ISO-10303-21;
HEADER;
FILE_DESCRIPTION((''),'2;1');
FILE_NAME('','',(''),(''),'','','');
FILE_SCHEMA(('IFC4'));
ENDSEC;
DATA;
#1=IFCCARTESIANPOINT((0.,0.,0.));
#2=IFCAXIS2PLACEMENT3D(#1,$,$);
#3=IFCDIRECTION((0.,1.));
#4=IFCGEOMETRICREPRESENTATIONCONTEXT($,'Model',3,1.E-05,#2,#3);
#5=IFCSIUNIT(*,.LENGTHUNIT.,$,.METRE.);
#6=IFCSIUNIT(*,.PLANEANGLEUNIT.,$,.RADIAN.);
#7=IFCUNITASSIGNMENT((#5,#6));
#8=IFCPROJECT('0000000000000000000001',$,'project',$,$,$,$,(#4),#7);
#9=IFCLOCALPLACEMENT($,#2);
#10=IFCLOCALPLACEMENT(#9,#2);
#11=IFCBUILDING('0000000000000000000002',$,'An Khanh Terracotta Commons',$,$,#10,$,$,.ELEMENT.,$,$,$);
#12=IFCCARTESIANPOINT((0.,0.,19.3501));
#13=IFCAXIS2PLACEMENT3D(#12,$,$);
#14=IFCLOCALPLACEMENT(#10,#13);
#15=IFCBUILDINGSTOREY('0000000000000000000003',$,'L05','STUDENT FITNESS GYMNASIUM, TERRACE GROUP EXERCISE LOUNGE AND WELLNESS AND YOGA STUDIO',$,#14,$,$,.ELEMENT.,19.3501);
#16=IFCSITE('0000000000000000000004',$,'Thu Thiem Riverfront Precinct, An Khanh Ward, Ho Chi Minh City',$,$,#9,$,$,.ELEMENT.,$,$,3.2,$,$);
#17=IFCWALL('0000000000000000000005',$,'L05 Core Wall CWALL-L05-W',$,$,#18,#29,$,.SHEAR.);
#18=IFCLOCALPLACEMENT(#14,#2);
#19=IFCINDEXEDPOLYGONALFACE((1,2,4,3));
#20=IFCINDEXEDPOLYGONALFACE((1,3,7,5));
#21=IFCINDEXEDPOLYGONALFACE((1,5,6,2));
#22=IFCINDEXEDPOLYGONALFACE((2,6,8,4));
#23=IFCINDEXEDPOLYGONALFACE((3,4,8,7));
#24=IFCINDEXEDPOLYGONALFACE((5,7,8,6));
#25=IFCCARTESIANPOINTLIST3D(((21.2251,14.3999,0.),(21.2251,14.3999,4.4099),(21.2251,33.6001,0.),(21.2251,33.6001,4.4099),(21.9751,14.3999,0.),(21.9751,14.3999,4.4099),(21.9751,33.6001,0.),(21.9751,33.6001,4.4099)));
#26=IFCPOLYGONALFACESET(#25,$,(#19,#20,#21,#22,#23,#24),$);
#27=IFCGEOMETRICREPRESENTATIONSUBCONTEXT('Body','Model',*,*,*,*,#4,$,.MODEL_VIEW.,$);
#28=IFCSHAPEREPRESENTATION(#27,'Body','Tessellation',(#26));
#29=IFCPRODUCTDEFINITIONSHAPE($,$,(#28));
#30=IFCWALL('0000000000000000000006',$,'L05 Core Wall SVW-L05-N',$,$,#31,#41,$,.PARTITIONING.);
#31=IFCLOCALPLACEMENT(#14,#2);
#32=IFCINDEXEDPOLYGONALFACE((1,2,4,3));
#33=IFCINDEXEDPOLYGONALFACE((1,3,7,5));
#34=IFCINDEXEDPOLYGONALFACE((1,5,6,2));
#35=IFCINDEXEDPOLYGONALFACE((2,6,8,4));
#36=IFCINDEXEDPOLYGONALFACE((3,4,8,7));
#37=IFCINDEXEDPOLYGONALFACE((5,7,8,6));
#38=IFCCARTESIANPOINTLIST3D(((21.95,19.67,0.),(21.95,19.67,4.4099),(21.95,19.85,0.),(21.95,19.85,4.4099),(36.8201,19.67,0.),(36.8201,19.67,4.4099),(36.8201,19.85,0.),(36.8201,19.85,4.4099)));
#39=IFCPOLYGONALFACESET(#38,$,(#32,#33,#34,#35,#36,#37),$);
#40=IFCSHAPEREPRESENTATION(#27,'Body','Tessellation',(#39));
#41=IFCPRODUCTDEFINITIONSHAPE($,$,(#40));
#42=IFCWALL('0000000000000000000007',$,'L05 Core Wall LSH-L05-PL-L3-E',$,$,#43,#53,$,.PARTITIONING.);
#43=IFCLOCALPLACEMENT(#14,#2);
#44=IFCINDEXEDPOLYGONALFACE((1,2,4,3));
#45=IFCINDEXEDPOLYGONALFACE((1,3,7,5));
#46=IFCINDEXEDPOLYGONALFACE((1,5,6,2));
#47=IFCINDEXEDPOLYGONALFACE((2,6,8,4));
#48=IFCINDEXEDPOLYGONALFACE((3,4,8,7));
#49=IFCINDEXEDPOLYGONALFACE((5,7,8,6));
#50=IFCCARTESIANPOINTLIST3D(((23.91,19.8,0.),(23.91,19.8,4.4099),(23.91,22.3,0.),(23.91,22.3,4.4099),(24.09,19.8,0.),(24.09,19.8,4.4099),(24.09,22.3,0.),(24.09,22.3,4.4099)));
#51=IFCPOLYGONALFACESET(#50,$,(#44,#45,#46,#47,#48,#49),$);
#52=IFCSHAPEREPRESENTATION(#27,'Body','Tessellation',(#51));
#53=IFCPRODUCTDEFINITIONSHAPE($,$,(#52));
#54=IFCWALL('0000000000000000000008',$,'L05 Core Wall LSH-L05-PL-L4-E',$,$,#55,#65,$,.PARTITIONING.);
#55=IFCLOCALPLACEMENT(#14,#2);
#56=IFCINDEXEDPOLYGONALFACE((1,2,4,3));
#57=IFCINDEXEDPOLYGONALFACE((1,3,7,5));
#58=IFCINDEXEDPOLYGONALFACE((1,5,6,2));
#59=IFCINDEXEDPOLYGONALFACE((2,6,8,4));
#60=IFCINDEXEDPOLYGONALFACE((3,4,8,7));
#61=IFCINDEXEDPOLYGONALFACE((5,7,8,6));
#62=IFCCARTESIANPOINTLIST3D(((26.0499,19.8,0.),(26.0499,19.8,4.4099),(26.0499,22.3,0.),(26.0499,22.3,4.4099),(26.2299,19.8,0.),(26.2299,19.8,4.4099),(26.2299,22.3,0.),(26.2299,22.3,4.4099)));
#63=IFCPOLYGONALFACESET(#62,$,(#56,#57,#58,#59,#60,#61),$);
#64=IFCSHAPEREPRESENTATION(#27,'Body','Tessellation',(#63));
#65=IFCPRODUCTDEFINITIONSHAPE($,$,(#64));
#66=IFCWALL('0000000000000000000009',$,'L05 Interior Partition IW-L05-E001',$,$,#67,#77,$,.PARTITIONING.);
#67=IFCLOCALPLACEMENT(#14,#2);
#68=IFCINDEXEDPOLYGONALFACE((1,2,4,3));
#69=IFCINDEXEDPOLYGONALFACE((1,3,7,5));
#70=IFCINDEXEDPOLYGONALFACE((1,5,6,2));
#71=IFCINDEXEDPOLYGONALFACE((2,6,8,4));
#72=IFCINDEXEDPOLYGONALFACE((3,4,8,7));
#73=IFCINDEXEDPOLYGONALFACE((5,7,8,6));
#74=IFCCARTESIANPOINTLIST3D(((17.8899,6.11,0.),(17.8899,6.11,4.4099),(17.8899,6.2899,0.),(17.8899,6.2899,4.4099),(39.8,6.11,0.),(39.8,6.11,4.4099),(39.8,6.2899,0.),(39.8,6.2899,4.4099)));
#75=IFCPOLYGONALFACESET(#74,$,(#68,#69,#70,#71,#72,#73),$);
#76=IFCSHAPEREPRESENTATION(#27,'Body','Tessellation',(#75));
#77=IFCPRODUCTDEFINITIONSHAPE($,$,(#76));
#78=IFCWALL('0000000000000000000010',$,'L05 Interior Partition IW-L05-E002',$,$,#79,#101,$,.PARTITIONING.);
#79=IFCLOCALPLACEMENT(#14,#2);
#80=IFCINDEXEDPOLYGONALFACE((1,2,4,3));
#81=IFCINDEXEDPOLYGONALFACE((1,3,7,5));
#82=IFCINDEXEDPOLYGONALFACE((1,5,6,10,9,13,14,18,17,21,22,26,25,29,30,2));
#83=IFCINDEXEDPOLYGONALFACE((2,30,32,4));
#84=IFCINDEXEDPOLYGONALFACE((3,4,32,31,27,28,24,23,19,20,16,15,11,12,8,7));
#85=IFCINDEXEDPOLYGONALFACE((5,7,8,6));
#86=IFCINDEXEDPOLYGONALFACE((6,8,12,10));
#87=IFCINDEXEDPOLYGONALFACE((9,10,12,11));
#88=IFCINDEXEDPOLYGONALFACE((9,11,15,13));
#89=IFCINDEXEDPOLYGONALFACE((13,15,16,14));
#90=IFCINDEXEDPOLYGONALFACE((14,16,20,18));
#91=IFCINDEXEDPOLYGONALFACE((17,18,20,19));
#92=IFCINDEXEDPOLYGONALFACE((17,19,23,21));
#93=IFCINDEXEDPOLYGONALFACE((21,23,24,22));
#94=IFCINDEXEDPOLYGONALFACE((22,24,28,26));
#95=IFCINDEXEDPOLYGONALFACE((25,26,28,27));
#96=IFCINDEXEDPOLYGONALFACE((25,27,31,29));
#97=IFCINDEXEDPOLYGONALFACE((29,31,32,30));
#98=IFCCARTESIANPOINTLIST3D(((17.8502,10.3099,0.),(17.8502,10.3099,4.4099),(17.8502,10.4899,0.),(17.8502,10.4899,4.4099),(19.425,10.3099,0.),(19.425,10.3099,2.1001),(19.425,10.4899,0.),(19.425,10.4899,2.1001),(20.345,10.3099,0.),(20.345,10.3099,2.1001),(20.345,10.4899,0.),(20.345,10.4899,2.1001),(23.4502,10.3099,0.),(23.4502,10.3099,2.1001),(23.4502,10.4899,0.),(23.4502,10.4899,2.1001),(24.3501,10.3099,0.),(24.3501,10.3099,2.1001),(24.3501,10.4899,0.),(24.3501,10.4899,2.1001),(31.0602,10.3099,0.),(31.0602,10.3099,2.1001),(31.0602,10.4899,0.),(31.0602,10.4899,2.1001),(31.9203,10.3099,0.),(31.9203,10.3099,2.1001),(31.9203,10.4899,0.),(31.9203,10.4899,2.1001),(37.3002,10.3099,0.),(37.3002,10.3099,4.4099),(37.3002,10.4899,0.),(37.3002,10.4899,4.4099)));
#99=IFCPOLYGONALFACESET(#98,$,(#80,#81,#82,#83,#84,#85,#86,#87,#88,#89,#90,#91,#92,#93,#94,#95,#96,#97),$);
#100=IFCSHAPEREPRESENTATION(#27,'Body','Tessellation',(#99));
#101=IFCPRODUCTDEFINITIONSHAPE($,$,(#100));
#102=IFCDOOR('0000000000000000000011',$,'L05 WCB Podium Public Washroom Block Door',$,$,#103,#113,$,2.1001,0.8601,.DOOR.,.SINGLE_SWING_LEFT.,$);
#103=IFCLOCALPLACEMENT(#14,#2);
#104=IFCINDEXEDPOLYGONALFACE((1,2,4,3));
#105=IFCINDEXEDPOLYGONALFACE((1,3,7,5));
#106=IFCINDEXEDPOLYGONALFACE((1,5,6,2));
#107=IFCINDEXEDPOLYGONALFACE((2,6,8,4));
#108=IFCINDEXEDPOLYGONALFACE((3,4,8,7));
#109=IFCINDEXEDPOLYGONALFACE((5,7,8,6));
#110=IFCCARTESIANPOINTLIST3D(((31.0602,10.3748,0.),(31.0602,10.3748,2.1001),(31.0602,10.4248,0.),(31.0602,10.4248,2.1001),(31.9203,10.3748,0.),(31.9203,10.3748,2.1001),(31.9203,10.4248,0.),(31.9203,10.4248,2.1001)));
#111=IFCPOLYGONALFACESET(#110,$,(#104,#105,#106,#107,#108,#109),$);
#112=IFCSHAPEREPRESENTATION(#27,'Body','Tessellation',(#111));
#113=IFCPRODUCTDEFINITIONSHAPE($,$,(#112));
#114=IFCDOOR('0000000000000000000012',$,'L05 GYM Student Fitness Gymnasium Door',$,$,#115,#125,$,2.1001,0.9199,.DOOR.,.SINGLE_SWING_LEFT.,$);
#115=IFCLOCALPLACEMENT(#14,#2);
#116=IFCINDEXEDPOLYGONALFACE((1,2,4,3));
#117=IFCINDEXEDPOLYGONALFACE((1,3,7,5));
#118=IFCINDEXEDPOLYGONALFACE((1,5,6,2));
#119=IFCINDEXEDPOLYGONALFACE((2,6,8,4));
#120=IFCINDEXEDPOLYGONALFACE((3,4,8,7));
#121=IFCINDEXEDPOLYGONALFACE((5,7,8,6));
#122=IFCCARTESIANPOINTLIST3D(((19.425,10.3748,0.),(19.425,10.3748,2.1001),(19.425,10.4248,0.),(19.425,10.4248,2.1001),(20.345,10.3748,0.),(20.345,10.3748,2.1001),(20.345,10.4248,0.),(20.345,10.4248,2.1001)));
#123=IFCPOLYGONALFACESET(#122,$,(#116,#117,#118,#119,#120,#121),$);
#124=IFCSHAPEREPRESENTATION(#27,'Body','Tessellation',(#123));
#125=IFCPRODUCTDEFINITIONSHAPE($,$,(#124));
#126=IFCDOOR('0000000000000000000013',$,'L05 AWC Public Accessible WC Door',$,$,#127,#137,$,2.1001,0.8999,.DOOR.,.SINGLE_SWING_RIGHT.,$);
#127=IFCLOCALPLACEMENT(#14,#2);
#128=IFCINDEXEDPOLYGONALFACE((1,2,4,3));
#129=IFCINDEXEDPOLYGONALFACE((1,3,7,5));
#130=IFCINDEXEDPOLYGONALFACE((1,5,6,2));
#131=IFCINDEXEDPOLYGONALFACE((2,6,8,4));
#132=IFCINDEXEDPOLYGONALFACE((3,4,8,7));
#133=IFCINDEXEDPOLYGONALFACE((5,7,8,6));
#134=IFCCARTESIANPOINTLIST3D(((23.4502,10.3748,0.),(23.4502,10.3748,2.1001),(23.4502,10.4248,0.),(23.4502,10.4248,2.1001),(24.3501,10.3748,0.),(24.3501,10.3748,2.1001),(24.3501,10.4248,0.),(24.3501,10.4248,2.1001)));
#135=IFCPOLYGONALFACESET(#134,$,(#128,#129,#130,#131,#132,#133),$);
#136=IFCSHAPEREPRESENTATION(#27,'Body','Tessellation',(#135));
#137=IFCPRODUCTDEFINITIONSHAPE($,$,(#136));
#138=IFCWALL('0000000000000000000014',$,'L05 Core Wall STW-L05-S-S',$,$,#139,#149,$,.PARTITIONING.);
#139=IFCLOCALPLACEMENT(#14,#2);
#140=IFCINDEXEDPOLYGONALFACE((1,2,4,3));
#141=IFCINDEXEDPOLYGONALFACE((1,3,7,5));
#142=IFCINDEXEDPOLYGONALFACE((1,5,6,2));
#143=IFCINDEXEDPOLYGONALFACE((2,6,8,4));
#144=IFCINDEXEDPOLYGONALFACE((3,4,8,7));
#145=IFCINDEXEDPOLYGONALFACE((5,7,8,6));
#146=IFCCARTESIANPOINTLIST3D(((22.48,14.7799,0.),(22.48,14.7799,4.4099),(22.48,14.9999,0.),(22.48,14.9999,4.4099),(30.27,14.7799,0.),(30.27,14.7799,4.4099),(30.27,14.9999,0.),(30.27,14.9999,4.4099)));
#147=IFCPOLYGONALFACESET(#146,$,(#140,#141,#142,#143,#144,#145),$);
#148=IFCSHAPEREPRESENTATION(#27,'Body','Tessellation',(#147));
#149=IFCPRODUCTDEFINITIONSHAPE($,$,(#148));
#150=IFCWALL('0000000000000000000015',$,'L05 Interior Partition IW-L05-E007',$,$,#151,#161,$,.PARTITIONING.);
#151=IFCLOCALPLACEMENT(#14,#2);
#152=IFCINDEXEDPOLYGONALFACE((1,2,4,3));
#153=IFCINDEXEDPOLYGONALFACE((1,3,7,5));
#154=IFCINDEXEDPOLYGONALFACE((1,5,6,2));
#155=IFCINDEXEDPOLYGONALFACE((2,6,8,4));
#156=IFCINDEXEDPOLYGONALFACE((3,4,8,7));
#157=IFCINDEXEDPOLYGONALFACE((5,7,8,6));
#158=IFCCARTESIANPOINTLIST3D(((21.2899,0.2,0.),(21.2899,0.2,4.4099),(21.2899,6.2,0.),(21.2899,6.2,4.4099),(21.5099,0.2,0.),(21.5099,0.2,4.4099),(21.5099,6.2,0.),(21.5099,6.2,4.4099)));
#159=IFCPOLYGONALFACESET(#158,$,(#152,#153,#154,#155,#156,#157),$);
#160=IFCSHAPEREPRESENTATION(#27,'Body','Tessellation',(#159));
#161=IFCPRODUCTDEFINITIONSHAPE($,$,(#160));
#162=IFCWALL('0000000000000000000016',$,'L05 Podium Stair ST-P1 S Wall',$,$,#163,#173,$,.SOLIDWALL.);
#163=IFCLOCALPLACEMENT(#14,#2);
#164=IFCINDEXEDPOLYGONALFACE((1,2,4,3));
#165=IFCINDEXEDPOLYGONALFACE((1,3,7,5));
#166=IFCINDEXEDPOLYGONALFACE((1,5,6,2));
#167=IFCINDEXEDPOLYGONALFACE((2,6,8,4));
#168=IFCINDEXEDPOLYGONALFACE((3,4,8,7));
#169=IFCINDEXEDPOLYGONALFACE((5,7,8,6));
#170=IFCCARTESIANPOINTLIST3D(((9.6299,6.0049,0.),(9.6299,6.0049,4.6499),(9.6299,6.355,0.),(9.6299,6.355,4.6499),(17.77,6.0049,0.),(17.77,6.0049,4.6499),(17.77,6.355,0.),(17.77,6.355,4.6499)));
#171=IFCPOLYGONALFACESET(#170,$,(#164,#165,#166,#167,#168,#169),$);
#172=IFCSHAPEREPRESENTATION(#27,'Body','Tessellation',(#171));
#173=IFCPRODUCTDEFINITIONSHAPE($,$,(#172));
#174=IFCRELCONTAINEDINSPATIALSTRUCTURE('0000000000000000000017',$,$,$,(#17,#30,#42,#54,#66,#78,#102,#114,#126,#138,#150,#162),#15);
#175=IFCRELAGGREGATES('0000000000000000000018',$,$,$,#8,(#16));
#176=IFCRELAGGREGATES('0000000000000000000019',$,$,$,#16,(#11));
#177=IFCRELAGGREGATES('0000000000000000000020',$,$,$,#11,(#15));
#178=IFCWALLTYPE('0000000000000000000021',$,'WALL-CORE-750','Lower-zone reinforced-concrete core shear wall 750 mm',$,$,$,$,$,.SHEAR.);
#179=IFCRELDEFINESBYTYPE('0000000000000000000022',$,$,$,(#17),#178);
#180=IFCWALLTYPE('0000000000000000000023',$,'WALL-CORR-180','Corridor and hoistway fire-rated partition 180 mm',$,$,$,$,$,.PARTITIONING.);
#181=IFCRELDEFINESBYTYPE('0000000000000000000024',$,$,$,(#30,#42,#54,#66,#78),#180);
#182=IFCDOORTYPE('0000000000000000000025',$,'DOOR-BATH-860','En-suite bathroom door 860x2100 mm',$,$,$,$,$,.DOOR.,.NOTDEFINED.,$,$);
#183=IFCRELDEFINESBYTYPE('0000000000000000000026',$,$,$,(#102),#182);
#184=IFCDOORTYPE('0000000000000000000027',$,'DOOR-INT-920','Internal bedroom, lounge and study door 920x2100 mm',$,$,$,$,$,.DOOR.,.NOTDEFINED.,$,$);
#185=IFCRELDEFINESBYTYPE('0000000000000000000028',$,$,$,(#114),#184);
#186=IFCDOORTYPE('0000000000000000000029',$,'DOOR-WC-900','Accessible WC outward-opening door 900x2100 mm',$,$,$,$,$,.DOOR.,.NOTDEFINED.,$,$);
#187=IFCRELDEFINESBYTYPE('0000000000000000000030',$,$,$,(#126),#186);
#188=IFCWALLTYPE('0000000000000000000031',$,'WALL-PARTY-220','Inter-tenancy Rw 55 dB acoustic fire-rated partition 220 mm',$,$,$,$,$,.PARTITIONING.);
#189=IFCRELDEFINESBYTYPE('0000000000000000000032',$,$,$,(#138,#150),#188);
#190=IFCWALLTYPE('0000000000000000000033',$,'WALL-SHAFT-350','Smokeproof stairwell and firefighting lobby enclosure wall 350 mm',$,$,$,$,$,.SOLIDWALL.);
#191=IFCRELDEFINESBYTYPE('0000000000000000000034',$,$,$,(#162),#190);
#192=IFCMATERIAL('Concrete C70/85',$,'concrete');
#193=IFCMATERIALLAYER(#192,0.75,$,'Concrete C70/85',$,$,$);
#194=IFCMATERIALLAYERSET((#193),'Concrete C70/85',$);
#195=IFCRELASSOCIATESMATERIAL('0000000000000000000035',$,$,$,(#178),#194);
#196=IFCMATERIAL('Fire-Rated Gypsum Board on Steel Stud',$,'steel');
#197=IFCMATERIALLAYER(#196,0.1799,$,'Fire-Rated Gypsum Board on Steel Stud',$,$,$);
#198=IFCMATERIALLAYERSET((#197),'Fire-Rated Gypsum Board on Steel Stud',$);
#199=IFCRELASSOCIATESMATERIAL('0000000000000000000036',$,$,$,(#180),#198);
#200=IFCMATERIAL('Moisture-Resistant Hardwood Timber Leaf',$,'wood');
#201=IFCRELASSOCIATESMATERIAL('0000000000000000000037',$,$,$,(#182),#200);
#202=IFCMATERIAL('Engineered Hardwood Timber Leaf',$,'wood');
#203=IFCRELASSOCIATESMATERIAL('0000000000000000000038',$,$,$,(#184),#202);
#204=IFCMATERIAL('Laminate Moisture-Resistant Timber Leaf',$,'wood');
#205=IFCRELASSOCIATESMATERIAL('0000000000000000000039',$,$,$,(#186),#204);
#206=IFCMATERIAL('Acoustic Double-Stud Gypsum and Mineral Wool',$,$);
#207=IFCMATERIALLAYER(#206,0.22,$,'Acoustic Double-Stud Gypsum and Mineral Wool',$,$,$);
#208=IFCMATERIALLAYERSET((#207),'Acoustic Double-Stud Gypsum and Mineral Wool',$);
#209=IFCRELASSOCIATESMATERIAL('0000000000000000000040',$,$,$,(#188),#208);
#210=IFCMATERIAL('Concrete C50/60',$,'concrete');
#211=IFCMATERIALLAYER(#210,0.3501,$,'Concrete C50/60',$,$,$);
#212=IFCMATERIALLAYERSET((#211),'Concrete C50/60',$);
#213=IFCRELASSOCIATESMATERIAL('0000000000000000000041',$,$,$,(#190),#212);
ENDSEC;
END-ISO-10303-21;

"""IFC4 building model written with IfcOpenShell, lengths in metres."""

from ifc_helpers import new_model, si_unit, direction, frame, frame_2d, origin, place, context, subcontext, project, spatial, rectangle, extrude, material, layer, layer_set, type_object, element, fill, save


model = new_model("IFC4")

# Units and contexts
model_context = context("Model", 3, precision=1e-05, world=origin(), true_north=direction((0.0, 1.0)))
body_context = subcontext(model_context, "Body", "Model", "MODEL_VIEW")
ifc_project = project(units=[si_unit("LENGTHUNIT", "METRE"), si_unit("PLANEANGLEUNIT", "RADIAN")], contexts=[model_context])

# Site, building, storey
site_placement = place(None, origin())
site = spatial("IfcSite", under=ifc_project, at=site_placement, Name="Thu Thiem Riverfront Precinct, An Khanh Ward, Ho Chi Minh City", CompositionType="ELEMENT", RefElevation=3.2)
building_placement = place(site_placement, origin())
building = spatial("IfcBuilding", under=site, at=building_placement, Name="An Khanh Terracotta Commons", CompositionType="ELEMENT")
storey_placement = place(building_placement, frame((0.0, 0.0, 19.3501)))
storey = spatial("IfcBuildingStorey", under=building, at=storey_placement, Name="L05", Description="STUDENT FITNESS GYMNASIUM, TERRACE GROUP EXERCISE LOUNGE AND WELLNESS AND YOGA STUDIO", CompositionType="ELEMENT", Elevation=19.3501)

# Shared definitions
ifc_material_1 = material(Name="Concrete C70/85", Category="concrete")
ifc_material_2 = material(Name="Concrete C50/60", Category="concrete")

# Walls
ifc_layer_1 = layer(ifc_material_1, 0.75, Name="Concrete C70/85")
ifc_layer_set_1 = layer_set([ifc_layer_1], Name="Concrete C70/85")
wall_type_1 = type_object("IfcWallType", Name="WALL-CORE-750", Description="Lower-zone reinforced-concrete core shear wall 750 mm", PredefinedType="SHEAR", material=ifc_layer_set_1)
wall_1_placement = place(storey_placement, frame((21.6001, 14.3999, 0.0), z_axis=(0.0, 0.0, 1.0), x_axis=(0.0, 1.0, 0.0)))
element("IfcWall", 1, at=wall_1_placement, inside=storey, type_object=wall_type_1, Name="L05 Core Wall CWALL-L05-W", PredefinedType="SHEAR", context=body_context, shape_type="SweptSolid", body=[
    extrude(rectangle(XDim=19.2002, YDim=0.75, at=frame_2d((9.6001, 0.0))), origin(), (0.0, 0.0, 1.0), 4.4099),
])
ifc_material_3 = material(Name="Fire-Rated Gypsum Board on Steel Stud", Category="steel")
ifc_layer_2 = layer(ifc_material_3, 0.1799, Name="Fire-Rated Gypsum Board on Steel Stud")
ifc_layer_set_2 = layer_set([ifc_layer_2], Name="Fire-Rated Gypsum Board on Steel Stud")
wall_type_2 = type_object("IfcWallType", Name="WALL-CORR-180", Description="Corridor and hoistway fire-rated partition 180 mm", PredefinedType="PARTITIONING", material=ifc_layer_set_2)
wall_2_placement = place(storey_placement, frame((21.95, 19.76, 0.0), z_axis=(0.0, 0.0, 1.0), x_axis=(1.0, 0.0, 0.0)))
element("IfcWall", 2, at=wall_2_placement, inside=storey, type_object=wall_type_2, Name="L05 Core Wall SVW-L05-N", PredefinedType="PARTITIONING", context=body_context, shape_type="SweptSolid", body=[
    extrude(rectangle(XDim=14.8701, YDim=0.1799, at=frame_2d((7.4351, 0.0))), origin(), (0.0, 0.0, 1.0), 4.4099),
])
for number, where, z_axis, x_axis, name in (
    (3, (24.0, 19.8, 0.0), (0.0, 0.0, 1.0), (0.0, 1.0, 0.0), "L05 Core Wall LSH-L05-PL-L3-E"),
    (4, (26.1399, 19.8, 0.0), (0.0, 0.0, 1.0), (0.0, 1.0, 0.0), "L05 Core Wall LSH-L05-PL-L4-E"),
):
    element("IfcWall", number, at=place(storey_placement, frame(where, z_axis=z_axis, x_axis=x_axis)), inside=storey, type_object=wall_type_2, Name=name, PredefinedType="PARTITIONING", context=body_context, shape_type="SweptSolid", body=[
        extrude(rectangle(XDim=2.5, YDim=0.1799, at=frame_2d((1.25, 0.0))), origin(), (0.0, 0.0, 1.0), 4.4099),
    ])
wall_3_placement = place(storey_placement, frame((17.8899, 6.2, 0.0), z_axis=(0.0, 0.0, 1.0), x_axis=(1.0, 0.0, 0.0)))
element("IfcWall", 5, at=wall_3_placement, inside=storey, type_object=wall_type_2, Name="L05 Interior Partition IW-L05-E001", PredefinedType="PARTITIONING", context=body_context, shape_type="SweptSolid", body=[
    extrude(rectangle(XDim=21.9102, YDim=0.1799, at=frame_2d((10.9551, 0.0))), origin(), (0.0, 0.0, 1.0), 4.4099),
])

# Wall, openings, doors
wall_4_placement = place(storey_placement, frame((17.8501, 10.3999, 0.0), z_axis=(0.0, 0.0, 1.0), x_axis=(1.0, 0.0, 0.0)))
wall_4 = element("IfcWall", 6, at=wall_4_placement, inside=storey, type_object=wall_type_2, Name="L05 Interior Partition IW-L05-E002", PredefinedType="PARTITIONING", context=body_context, shape_type="SweptSolid", body=[
    extrude(rectangle(XDim=19.45, YDim=0.1799, at=frame_2d((9.7251, 0.0))), origin(), (0.0, 0.0, 1.0), 4.4099),
])
opening_1_placement = place(wall_4_placement, frame((1.575, 0.0, 0.0)))
opening_1 = element("IfcOpeningElement", 7, at=opening_1_placement, cuts=wall_4, PredefinedType="OPENING", context=body_context, shape_type="SweptSolid", body=[
    extrude(rectangle(XDim=0.9199, YDim=2.1001, at=frame_2d((0.46, 1.05))), frame((0.0, 0.0999, 0.0), z_axis=(0.0, -1.0, 0.0), x_axis=(1.0, 0.0, 0.0)), (0.0, 0.0, 1.0), 0.2),
])
opening_2_placement = place(wall_4_placement, frame((5.6001, 0.0, 0.0)))
opening_2 = element("IfcOpeningElement", 8, at=opening_2_placement, cuts=wall_4, PredefinedType="OPENING", context=body_context, shape_type="SweptSolid", body=[
    extrude(rectangle(XDim=0.8999, YDim=2.1001, at=frame_2d((0.45, 1.05))), frame((0.0, 0.0999, 0.0), z_axis=(0.0, -1.0, 0.0), x_axis=(1.0, 0.0, 0.0)), (0.0, 0.0, 1.0), 0.2),
])
opening_3_placement = place(wall_4_placement, frame((13.21, 0.0, 0.0)))
opening_3 = element("IfcOpeningElement", 9, at=opening_3_placement, cuts=wall_4, PredefinedType="OPENING", context=body_context, shape_type="SweptSolid", body=[
    extrude(rectangle(XDim=0.8601, YDim=2.1001, at=frame_2d((0.4302, 1.05))), frame((0.0, 0.0999, 0.0), z_axis=(0.0, -1.0, 0.0), x_axis=(1.0, 0.0, 0.0)), (0.0, 0.0, 1.0), 0.2),
])
ifc_material_4 = material(Name="Moisture-Resistant Hardwood Timber Leaf", Category="wood")
door_type_1 = type_object("IfcDoorType", Name="DOOR-BATH-860", Description="En-suite bathroom door 860x2100 mm", OperationType="NOTDEFINED", PredefinedType="DOOR", material=ifc_material_4)
door_1_placement = place(opening_3_placement, origin())
door_1 = element("IfcDoor", 10, at=door_1_placement, inside=storey, type_object=door_type_1, Name="L05 WCB Podium Public Washroom Block Door", OperationType="SINGLE_SWING_LEFT", OverallHeight=2.1001, OverallWidth=0.8601, PredefinedType="DOOR", context=body_context, shape_type="SweptSolid", body=[
    extrude(rectangle(XDim=0.8601, YDim=2.1001, at=frame_2d((0.4302, 1.05))), frame((0.0, 0.0249, 0.0), z_axis=(0.0, -1.0, 0.0), x_axis=(1.0, 0.0, 0.0)), (0.0, 0.0, 1.0), 0.05),
])
fill(opening_3, door_1)
ifc_material_5 = material(Name="Engineered Hardwood Timber Leaf", Category="wood")
door_type_2 = type_object("IfcDoorType", Name="DOOR-INT-920", Description="Internal bedroom, lounge and study door 920x2100 mm", OperationType="NOTDEFINED", PredefinedType="DOOR", material=ifc_material_5)
door_2_placement = place(opening_1_placement, origin())
door_2 = element("IfcDoor", 11, at=door_2_placement, inside=storey, type_object=door_type_2, Name="L05 GYM Student Fitness Gymnasium Door", OperationType="SINGLE_SWING_LEFT", OverallHeight=2.1001, OverallWidth=0.9199, PredefinedType="DOOR", context=body_context, shape_type="SweptSolid", body=[
    extrude(rectangle(XDim=0.9199, YDim=2.1001, at=frame_2d((0.46, 1.05))), frame((0.0, 0.0249, 0.0), z_axis=(0.0, -1.0, 0.0), x_axis=(1.0, 0.0, 0.0)), (0.0, 0.0, 1.0), 0.05),
])
fill(opening_1, door_2)
ifc_material_6 = material(Name="Laminate Moisture-Resistant Timber Leaf", Category="wood")
door_type_3 = type_object("IfcDoorType", Name="DOOR-WC-900", Description="Accessible WC outward-opening door 900x2100 mm", OperationType="NOTDEFINED", PredefinedType="DOOR", material=ifc_material_6)
door_3_placement = place(opening_2_placement, origin())
door_3 = element("IfcDoor", 12, at=door_3_placement, inside=storey, type_object=door_type_3, Name="L05 AWC Public Accessible WC Door", OperationType="SINGLE_SWING_RIGHT", OverallHeight=2.1001, OverallWidth=0.8999, PredefinedType="DOOR", context=body_context, shape_type="SweptSolid", body=[
    extrude(rectangle(XDim=0.8999, YDim=2.1001, at=frame_2d((0.45, 1.05))), frame((0.0, 0.0249, 0.0), z_axis=(0.0, -1.0, 0.0), x_axis=(1.0, 0.0, 0.0)), (0.0, 0.0, 1.0), 0.05),
])
fill(opening_2, door_3)

# Walls
ifc_material_7 = material(Name="Acoustic Double-Stud Gypsum and Mineral Wool")
ifc_layer_3 = layer(ifc_material_7, 0.22, Name="Acoustic Double-Stud Gypsum and Mineral Wool")
ifc_layer_set_3 = layer_set([ifc_layer_3], Name="Acoustic Double-Stud Gypsum and Mineral Wool")
wall_type_3 = type_object("IfcWallType", Name="WALL-PARTY-220", Description="Inter-tenancy Rw 55 dB acoustic fire-rated partition 220 mm", PredefinedType="PARTITIONING", material=ifc_layer_set_3)
wall_5_placement = place(storey_placement, frame((22.48, 14.8899, 0.0), z_axis=(0.0, 0.0, 1.0), x_axis=(1.0, 0.0, 0.0)))
element("IfcWall", 13, at=wall_5_placement, inside=storey, type_object=wall_type_3, Name="L05 Core Wall STW-L05-S-S", PredefinedType="PARTITIONING", context=body_context, shape_type="SweptSolid", body=[
    extrude(rectangle(XDim=7.79, YDim=0.22, at=frame_2d((3.895, 0.0))), origin(), (0.0, 0.0, 1.0), 4.4099),
])
wall_6_placement = place(storey_placement, frame((21.3999, 0.2, 0.0), z_axis=(0.0, 0.0, 1.0), x_axis=(0.0, 1.0, 0.0)))
element("IfcWall", 14, at=wall_6_placement, inside=storey, type_object=wall_type_3, Name="L05 Interior Partition IW-L05-E007", PredefinedType="PARTITIONING", context=body_context, shape_type="SweptSolid", body=[
    extrude(rectangle(XDim=6.0, YDim=0.22, at=frame_2d((3.0, 0.0))), origin(), (0.0, 0.0, 1.0), 4.4099),
])
ifc_layer_4 = layer(ifc_material_2, 0.3501, Name="Concrete C50/60")
ifc_layer_set_4 = layer_set([ifc_layer_4], Name="Concrete C50/60")
wall_type_4 = type_object("IfcWallType", Name="WALL-SHAFT-350", Description="Smokeproof stairwell and firefighting lobby enclosure wall 350 mm", PredefinedType="SOLIDWALL", material=ifc_layer_set_4)
wall_7_placement = place(storey_placement, frame((17.77, 6.1799, 0.0), z_axis=(0.0, 0.0, 1.0), x_axis=(-1.0, 0.0, 0.0)))
element("IfcWall", 15, at=wall_7_placement, inside=storey, type_object=wall_type_4, Name="L05 Podium Stair ST-P1 S Wall", PredefinedType="SOLIDWALL", context=body_context, shape_type="SweptSolid", body=[
    extrude(rectangle(XDim=8.1401, YDim=0.3501, at=frame_2d((4.0701, 0.0))), origin(), (0.0, 0.0, 1.0), 4.6499),
])

save(model, "model.ifc")
